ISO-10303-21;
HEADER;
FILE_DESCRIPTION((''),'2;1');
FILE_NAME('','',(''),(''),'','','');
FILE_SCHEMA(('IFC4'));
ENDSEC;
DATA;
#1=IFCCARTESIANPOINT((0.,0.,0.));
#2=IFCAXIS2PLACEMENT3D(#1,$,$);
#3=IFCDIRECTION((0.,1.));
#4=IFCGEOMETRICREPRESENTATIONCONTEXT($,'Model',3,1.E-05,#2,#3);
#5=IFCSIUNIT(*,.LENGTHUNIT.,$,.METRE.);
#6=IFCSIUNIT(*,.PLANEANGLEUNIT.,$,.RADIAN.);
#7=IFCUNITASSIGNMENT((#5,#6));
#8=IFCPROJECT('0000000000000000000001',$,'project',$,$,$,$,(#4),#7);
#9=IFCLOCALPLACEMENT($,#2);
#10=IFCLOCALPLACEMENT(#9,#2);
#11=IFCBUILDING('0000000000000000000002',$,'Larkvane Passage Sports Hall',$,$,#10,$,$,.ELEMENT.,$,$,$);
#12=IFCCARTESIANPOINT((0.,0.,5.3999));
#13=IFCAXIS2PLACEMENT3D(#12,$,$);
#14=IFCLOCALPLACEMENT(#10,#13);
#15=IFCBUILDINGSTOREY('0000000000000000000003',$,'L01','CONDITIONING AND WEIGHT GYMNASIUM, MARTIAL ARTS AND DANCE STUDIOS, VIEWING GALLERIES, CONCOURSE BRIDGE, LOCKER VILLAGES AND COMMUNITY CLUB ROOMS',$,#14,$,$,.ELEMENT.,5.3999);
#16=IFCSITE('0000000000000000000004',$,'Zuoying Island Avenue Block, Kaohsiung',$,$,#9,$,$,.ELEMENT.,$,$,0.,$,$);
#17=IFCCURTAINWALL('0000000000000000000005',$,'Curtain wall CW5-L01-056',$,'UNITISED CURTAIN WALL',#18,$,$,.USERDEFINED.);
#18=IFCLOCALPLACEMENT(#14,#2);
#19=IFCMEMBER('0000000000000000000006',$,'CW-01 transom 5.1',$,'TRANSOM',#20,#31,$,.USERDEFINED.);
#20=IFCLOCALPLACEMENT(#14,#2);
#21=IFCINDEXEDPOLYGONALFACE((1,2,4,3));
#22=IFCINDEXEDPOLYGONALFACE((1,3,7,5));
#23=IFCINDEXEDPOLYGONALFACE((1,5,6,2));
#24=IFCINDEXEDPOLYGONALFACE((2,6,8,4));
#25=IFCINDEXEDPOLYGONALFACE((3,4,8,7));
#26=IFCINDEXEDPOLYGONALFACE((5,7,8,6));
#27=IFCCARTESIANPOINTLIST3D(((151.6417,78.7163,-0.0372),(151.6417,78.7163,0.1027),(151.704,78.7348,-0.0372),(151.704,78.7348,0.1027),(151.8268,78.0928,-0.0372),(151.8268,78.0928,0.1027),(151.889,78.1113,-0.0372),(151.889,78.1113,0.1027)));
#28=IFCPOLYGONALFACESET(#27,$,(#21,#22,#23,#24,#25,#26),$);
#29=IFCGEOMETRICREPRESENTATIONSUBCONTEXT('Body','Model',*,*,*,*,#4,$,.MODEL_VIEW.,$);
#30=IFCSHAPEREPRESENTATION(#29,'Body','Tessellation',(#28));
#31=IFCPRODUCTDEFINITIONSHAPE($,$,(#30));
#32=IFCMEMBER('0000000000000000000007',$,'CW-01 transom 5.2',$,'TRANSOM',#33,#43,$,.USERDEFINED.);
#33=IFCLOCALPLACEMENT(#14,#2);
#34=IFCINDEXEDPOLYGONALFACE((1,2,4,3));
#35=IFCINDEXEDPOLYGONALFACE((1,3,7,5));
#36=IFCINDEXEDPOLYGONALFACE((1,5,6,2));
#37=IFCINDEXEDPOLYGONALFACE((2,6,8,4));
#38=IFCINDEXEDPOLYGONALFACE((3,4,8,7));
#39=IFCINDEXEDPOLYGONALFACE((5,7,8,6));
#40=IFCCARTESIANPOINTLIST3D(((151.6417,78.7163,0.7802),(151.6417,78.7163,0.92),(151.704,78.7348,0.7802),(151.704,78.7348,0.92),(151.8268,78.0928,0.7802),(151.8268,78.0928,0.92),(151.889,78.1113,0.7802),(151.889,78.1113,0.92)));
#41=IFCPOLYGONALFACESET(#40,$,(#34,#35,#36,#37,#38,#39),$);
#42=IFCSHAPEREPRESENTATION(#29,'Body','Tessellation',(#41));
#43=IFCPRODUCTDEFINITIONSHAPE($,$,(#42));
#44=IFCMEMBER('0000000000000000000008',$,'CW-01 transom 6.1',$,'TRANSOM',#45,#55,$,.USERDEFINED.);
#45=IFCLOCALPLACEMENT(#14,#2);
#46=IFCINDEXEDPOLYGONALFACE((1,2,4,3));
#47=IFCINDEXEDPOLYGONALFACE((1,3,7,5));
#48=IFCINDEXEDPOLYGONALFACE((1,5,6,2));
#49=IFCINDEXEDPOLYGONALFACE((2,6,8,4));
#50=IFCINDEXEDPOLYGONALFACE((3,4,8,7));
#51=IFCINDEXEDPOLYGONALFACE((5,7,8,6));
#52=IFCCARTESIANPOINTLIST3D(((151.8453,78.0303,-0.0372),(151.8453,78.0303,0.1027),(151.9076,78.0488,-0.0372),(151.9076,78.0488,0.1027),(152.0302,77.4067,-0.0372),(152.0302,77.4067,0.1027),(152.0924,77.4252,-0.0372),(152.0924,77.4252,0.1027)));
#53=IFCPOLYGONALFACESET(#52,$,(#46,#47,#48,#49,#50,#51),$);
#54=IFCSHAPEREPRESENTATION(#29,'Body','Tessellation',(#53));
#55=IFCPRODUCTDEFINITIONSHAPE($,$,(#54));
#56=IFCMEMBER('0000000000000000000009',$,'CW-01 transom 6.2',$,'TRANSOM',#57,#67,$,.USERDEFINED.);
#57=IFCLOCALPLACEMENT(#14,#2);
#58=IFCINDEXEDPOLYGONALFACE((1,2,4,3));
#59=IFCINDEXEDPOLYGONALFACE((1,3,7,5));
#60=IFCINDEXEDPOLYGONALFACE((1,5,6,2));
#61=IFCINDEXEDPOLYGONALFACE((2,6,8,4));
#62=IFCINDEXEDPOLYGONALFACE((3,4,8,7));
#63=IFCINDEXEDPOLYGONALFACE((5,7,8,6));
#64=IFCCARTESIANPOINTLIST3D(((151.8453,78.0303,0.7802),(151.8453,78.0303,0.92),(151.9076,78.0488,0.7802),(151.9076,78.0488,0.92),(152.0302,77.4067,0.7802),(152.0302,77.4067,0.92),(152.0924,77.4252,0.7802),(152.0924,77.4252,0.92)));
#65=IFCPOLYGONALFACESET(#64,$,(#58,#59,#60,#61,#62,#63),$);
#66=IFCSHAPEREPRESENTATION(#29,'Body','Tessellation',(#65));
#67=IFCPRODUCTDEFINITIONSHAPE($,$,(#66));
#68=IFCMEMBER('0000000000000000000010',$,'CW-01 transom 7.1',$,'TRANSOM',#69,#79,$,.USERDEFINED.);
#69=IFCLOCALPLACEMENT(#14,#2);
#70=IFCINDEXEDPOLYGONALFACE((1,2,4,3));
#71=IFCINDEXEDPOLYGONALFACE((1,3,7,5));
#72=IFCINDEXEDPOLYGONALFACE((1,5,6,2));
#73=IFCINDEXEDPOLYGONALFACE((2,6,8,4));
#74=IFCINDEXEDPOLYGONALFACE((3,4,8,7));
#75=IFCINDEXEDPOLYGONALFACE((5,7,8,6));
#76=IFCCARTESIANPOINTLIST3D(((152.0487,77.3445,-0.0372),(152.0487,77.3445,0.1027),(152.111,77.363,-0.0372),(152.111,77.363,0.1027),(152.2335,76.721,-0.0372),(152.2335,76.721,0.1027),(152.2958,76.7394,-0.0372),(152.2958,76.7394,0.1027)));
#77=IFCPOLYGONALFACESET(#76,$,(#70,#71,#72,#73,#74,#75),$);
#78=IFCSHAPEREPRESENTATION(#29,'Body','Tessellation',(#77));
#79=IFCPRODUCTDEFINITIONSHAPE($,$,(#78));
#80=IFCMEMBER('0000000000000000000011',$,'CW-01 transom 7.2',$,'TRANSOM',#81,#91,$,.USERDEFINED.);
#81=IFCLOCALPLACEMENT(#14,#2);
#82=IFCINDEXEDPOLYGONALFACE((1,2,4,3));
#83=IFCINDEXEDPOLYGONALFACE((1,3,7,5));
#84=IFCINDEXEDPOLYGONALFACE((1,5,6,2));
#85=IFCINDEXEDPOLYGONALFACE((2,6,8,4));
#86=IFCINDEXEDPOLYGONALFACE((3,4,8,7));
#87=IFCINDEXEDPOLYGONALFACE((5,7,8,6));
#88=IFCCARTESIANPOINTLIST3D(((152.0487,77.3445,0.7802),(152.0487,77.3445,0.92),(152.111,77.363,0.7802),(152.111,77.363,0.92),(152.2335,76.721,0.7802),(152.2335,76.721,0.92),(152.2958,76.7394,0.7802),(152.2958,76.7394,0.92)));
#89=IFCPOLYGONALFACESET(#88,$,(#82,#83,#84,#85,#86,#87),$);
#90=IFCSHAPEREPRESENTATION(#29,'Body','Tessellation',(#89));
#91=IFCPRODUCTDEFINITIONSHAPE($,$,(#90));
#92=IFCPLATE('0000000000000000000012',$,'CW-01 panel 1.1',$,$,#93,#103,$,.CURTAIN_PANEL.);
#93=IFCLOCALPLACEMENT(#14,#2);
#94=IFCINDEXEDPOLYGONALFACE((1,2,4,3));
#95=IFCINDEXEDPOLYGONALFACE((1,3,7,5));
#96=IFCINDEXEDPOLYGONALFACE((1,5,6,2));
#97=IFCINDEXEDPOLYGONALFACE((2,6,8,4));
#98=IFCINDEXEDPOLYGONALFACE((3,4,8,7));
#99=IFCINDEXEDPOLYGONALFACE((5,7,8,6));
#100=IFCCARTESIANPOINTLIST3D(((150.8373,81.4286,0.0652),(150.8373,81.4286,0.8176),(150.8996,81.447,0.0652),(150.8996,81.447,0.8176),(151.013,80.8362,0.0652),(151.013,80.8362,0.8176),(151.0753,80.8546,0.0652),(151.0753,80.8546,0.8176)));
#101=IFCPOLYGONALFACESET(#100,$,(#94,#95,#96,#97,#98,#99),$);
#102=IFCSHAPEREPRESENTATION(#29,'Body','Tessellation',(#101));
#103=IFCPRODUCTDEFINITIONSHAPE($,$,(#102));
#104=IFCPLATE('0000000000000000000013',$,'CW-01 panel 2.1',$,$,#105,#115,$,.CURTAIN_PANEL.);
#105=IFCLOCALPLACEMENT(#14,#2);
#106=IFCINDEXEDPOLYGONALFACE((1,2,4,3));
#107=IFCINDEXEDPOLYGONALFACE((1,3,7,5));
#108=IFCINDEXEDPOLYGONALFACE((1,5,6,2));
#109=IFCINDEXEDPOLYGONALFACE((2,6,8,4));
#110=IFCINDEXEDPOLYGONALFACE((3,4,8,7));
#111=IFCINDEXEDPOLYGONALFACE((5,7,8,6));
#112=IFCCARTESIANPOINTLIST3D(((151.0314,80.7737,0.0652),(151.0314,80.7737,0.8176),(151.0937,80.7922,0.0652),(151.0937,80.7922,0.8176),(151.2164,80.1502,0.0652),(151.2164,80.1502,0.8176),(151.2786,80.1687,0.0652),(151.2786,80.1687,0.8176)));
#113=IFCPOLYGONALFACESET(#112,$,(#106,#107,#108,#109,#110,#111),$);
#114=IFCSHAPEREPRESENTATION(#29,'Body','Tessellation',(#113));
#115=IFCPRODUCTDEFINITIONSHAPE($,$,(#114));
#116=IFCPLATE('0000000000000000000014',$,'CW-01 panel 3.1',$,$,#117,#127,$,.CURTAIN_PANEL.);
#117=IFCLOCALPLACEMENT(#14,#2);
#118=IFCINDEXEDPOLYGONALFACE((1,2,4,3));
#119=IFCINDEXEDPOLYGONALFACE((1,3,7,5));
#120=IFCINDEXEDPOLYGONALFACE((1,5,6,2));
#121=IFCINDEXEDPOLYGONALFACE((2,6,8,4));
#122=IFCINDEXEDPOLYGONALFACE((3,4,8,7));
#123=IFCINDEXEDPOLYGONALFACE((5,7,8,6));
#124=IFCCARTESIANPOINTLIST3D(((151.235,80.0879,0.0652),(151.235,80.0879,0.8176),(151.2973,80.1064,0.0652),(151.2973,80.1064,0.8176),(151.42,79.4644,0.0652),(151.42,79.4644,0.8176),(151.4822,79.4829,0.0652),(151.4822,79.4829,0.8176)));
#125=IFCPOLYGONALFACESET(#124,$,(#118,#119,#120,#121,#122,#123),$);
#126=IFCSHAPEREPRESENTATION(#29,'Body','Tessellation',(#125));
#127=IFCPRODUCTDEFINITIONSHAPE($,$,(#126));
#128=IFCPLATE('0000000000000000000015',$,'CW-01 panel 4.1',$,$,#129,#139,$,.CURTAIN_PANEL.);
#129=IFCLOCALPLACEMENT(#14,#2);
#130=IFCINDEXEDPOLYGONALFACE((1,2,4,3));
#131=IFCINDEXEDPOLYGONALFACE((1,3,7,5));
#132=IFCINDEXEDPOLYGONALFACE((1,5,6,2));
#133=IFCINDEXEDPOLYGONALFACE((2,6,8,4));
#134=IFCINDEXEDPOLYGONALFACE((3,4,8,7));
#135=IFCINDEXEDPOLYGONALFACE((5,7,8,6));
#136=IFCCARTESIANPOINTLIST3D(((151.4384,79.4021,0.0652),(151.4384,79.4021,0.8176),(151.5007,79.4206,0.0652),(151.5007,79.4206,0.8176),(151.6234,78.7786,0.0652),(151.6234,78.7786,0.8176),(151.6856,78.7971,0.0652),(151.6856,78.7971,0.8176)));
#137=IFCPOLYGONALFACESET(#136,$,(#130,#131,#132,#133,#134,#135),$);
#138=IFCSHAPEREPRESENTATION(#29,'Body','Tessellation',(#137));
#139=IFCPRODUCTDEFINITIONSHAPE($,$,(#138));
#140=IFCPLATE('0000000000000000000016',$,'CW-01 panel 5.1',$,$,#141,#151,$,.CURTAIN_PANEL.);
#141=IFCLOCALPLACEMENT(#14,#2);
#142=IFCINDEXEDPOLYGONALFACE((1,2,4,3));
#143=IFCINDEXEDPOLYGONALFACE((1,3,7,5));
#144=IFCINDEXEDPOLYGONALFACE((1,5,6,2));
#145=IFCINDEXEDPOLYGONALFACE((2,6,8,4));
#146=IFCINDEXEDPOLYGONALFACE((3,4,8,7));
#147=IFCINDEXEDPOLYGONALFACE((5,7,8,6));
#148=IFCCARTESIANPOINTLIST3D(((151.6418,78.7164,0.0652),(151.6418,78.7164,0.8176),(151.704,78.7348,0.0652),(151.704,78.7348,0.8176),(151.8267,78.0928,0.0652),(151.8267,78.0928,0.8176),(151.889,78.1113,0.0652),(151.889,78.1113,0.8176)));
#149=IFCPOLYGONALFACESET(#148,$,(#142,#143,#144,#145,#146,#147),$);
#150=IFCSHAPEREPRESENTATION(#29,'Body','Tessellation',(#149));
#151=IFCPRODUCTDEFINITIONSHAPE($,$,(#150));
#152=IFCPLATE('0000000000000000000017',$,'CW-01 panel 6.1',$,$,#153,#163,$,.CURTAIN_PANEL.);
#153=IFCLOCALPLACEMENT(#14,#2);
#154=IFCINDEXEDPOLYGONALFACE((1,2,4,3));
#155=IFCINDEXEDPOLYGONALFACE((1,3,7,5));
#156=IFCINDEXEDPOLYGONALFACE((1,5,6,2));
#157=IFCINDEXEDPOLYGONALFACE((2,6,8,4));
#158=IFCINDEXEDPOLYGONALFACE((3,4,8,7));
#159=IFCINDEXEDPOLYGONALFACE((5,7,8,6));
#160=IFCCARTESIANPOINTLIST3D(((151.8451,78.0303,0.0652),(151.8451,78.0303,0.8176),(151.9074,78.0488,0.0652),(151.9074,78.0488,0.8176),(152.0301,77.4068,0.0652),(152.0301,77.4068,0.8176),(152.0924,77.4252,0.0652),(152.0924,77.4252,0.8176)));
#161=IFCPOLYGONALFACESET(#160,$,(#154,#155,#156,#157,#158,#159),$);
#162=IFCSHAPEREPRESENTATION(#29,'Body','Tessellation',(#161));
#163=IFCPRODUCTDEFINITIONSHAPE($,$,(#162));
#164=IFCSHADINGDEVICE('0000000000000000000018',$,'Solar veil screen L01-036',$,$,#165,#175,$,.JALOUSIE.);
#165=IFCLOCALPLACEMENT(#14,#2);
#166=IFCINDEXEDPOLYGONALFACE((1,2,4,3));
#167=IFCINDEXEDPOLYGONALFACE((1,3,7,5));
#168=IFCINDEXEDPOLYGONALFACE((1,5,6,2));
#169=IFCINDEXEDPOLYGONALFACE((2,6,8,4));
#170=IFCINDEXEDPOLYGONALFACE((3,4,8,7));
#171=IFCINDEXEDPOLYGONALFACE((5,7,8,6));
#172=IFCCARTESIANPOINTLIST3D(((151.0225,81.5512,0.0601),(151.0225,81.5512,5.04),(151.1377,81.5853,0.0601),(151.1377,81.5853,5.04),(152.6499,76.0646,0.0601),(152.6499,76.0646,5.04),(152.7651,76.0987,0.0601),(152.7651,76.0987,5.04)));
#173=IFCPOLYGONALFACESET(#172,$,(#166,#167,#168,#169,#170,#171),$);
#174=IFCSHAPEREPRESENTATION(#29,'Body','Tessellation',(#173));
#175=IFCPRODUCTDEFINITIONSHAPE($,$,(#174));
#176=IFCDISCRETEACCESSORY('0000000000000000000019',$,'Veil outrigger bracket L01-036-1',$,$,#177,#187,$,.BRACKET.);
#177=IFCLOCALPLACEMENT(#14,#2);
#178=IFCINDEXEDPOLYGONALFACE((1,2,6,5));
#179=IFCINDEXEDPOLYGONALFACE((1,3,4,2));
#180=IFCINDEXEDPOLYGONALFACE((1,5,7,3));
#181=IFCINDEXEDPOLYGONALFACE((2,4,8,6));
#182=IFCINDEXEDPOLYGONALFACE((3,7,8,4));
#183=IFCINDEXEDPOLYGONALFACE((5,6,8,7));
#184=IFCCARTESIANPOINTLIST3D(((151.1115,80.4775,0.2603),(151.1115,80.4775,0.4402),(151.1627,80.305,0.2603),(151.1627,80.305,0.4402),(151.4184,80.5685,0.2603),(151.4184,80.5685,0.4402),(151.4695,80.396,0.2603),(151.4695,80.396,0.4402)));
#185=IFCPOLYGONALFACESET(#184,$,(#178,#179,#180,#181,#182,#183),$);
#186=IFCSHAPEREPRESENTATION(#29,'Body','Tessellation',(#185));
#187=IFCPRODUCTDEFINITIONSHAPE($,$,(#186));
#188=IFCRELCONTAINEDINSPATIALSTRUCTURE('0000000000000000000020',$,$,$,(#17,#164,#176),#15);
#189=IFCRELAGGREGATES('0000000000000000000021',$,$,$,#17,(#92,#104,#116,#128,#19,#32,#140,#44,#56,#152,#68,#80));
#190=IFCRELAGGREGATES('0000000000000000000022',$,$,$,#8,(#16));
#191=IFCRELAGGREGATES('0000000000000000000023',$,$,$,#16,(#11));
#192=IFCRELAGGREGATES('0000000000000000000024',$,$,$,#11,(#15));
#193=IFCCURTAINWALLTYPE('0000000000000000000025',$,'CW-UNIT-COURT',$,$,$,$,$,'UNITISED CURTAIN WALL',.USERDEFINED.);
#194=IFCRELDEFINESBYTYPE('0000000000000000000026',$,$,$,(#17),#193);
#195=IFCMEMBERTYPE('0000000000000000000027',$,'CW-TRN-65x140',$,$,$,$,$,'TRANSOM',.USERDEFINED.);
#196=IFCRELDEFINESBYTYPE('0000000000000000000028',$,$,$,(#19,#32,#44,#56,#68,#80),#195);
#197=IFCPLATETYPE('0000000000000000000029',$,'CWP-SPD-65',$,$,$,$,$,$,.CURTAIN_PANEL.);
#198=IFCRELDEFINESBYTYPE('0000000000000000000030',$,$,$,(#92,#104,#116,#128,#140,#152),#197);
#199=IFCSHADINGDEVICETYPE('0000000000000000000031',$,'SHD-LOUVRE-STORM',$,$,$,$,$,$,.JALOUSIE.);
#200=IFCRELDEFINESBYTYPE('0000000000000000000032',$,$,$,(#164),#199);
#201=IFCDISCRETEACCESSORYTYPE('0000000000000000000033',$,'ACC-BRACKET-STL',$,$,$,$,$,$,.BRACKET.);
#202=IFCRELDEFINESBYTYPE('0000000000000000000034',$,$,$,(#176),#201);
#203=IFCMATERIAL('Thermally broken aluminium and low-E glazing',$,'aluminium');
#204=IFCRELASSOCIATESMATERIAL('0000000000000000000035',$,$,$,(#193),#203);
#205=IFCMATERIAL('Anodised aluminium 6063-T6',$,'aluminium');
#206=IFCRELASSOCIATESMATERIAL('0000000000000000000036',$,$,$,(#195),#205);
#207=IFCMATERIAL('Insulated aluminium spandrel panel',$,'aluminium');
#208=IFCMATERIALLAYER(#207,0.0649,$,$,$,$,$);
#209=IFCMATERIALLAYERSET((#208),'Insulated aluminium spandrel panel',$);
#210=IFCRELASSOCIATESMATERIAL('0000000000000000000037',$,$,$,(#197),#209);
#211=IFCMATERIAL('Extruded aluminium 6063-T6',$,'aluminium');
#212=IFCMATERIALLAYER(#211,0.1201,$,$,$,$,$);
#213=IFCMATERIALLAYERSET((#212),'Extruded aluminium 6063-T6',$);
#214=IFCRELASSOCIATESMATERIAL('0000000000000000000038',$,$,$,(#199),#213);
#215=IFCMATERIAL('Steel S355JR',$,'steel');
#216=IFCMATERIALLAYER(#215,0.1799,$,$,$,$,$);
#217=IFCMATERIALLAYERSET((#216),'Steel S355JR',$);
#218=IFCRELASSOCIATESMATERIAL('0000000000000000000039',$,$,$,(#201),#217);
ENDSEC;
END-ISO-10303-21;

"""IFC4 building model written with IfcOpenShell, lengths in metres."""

from ifc_helpers import new_model, si_unit, direction, frame, origin, origin_2d, place, context, subcontext, project, spatial, rectangle, extrude, material, layer, layer_set, material_profile, profile_set, type_object, element, aggregate, save


model = new_model("IFC4")

# Units and contexts
model_context = context("Model", 3, precision=1e-05, world=origin(), true_north=direction((0.0, 1.0)))
body_context = subcontext(model_context, "Body", "Model", "MODEL_VIEW")
ifc_project = project(units=[si_unit("LENGTHUNIT", "METRE"), si_unit("PLANEANGLEUNIT", "RADIAN")], contexts=[model_context])

# Site, building, storey
site_placement = place(None, origin())
site = spatial("IfcSite", under=ifc_project, at=site_placement, Name="Zuoying Island Avenue Block, Kaohsiung", CompositionType="ELEMENT", RefElevation=0.0)
building_placement = place(site_placement, origin())
building = spatial("IfcBuilding", under=site, at=building_placement, Name="Larkvane Passage Sports Hall", CompositionType="ELEMENT")
storey_placement = place(building_placement, frame((0.0, 0.0, 5.3999)))
storey = spatial("IfcBuildingStorey", under=building, at=storey_placement, Name="L01", Description="CONDITIONING AND WEIGHT GYMNASIUM, MARTIAL ARTS AND DANCE STUDIOS, VIEWING GALLERIES, CONCOURSE BRIDGE, LOCKER VILLAGES AND COMMUNITY CLUB ROOMS", CompositionType="ELEMENT", Elevation=5.3999)

# Curtain wall, members, plates
ifc_material_1 = material(Name="Thermally broken aluminium and low-E glazing", Category="aluminium")
curtain_wall_type = type_object("IfcCurtainWallType", Name="CW-UNIT-COURT", ElementType="UNITISED CURTAIN WALL", PredefinedType="USERDEFINED", material=ifc_material_1)
curtain_wall_placement = place(storey_placement, origin())
curtain_wall = element("IfcCurtainWall", 1, at=curtain_wall_placement, inside=storey, type_object=curtain_wall_type, Name="Curtain wall CW5-L01-056", ObjectType="UNITISED CURTAIN WALL", PredefinedType="USERDEFINED")
ifc_material_2 = material(Name="Anodised aluminium 6063-T6", Category="aluminium")
ifc_material_profile_1 = material_profile(ifc_material_2, rectangle(XDim=0.0649, YDim=0.1399, at=origin_2d()), Name="ALU-TRN-65x140")
ifc_profile_set_1 = profile_set([ifc_material_profile_1], Name="Anodised aluminium 6063-T6")
member_type_1 = type_object("IfcMemberType", Name="CW-TRN-65x140", ElementType="TRANSOM", PredefinedType="USERDEFINED", material=ifc_profile_set_1)
member_1_placement = place(storey_placement, frame((151.6729, 78.7256, 0.0327), z_axis=(0.284523, -0.958669, 0.0), x_axis=(0.958669, 0.284523, 0.0)))
member_1 = element("IfcMember", 2, at=member_1_placement, type_object=member_type_1, Name="CW-01 transom 5.1", ObjectType="TRANSOM", PredefinedType="USERDEFINED", context=body_context, shape_type="SweptSolid", body=[
    extrude(rectangle(XDim=0.0649, YDim=0.1399, at=origin_2d()), origin(), (0.0, 0.0, 1.0), 0.6504),
])
member_2_placement = place(storey_placement, frame((151.6729, 78.7256, 0.8501), z_axis=(0.284523, -0.958669, 0.0), x_axis=(0.958669, 0.284523, 0.0)))
member_2 = element("IfcMember", 3, at=member_2_placement, type_object=member_type_1, Name="CW-01 transom 5.2", ObjectType="TRANSOM", PredefinedType="USERDEFINED", context=body_context, shape_type="SweptSolid", body=[
    extrude(rectangle(XDim=0.0649, YDim=0.1399, at=origin_2d()), origin(), (0.0, 0.0, 1.0), 0.6504),
])
member_3_placement = place(storey_placement, frame((151.8765, 78.0396, 0.0327), z_axis=(0.284178, -0.958772, 0.0), x_axis=(0.958772, 0.284178, 0.0)))
member_3 = element("IfcMember", 4, at=member_3_placement, type_object=member_type_1, Name="CW-01 transom 6.1", ObjectType="TRANSOM", PredefinedType="USERDEFINED", context=body_context, shape_type="SweptSolid", body=[
    extrude(rectangle(XDim=0.0649, YDim=0.1399, at=origin_2d()), origin(), (0.0, 0.0, 1.0), 0.6504),
])
member_4_placement = place(storey_placement, frame((151.8765, 78.0396, 0.8501), z_axis=(0.284178, -0.958772, 0.0), x_axis=(0.958772, 0.284178, 0.0)))
member_4 = element("IfcMember", 5, at=member_4_placement, type_object=member_type_1, Name="CW-01 transom 6.2", ObjectType="TRANSOM", PredefinedType="USERDEFINED", context=body_context, shape_type="SweptSolid", body=[
    extrude(rectangle(XDim=0.0649, YDim=0.1399, at=origin_2d()), origin(), (0.0, 0.0, 1.0), 0.6504),
])
member_5_placement = place(storey_placement, frame((152.0798, 77.3538, 0.0327), z_axis=(0.284178, -0.958772, 0.0), x_axis=(0.958772, 0.284178, 0.0)))
member_5 = element("IfcMember", 6, at=member_5_placement, type_object=member_type_1, Name="CW-01 transom 7.1", ObjectType="TRANSOM", PredefinedType="USERDEFINED", context=body_context, shape_type="SweptSolid", body=[
    extrude(rectangle(XDim=0.0649, YDim=0.1399, at=origin_2d()), origin(), (0.0, 0.0, 1.0), 0.6504),
])
member_6_placement = place(storey_placement, frame((152.0798, 77.3538, 0.8501), z_axis=(0.284178, -0.958772, 0.0), x_axis=(0.958772, 0.284178, 0.0)))
member_6 = element("IfcMember", 7, at=member_6_placement, type_object=member_type_1, Name="CW-01 transom 7.2", ObjectType="TRANSOM", PredefinedType="USERDEFINED", context=body_context, shape_type="SweptSolid", body=[
    extrude(rectangle(XDim=0.0649, YDim=0.1399, at=origin_2d()), origin(), (0.0, 0.0, 1.0), 0.6504),
])
ifc_material_3 = material(Name="Insulated aluminium spandrel panel", Category="aluminium")
ifc_layer_1 = layer(ifc_material_3, 0.0649)
ifc_layer_set_1 = layer_set([ifc_layer_1], Name="Insulated aluminium spandrel panel")
plate_type = type_object("IfcPlateType", Name="CWP-SPD-65", PredefinedType="CURTAIN_PANEL", material=ifc_layer_set_1)
plate_1_placement = place(storey_placement, frame((150.9563, 81.1416, 0.0652), z_axis=(0.0, 0.0, 1.0), x_axis=(0.284363, -0.958717, 0.0)))
plate_1 = element("IfcPlate", 8, at=plate_1_placement, type_object=plate_type, Name="CW-01 panel 1.1", PredefinedType="CURTAIN_PANEL", context=body_context, shape_type="SweptSolid", body=[
    extrude(rectangle(XDim=0.6179, YDim=0.0649, at=origin_2d()), origin(), (0.0, 0.0, 1.0), 0.7524),
])
plate_2_placement = place(storey_placement, frame((151.155, 80.4712, 0.0652), z_axis=(0.0, 0.0, 1.0), x_axis=(0.284363, -0.958717, 0.0)))
plate_2 = element("IfcPlate", 9, at=plate_2_placement, type_object=plate_type, Name="CW-01 panel 2.1", PredefinedType="CURTAIN_PANEL", context=body_context, shape_type="SweptSolid", body=[
    extrude(rectangle(XDim=0.6504, YDim=0.0649, at=origin_2d()), origin(), (0.0, 0.0, 1.0), 0.7524),
])
plate_3_placement = place(storey_placement, frame((151.3586, 79.7854, 0.0652), z_axis=(0.0, 0.0, 1.0), x_axis=(0.284363, -0.958717, 0.0)))
plate_3 = element("IfcPlate", 10, at=plate_3_placement, type_object=plate_type, Name="CW-01 panel 3.1", PredefinedType="CURTAIN_PANEL", context=body_context, shape_type="SweptSolid", body=[
    extrude(rectangle(XDim=0.6504, YDim=0.0649, at=origin_2d()), origin(), (0.0, 0.0, 1.0), 0.7524),
])
plate_4_placement = place(storey_placement, frame((151.562, 79.0996, 0.0652), z_axis=(0.0, 0.0, 1.0), x_axis=(0.284363, -0.958717, 0.0)))
plate_4 = element("IfcPlate", 11, at=plate_4_placement, type_object=plate_type, Name="CW-01 panel 4.1", PredefinedType="CURTAIN_PANEL", context=body_context, shape_type="SweptSolid", body=[
    extrude(rectangle(XDim=0.6504, YDim=0.0649, at=origin_2d()), origin(), (0.0, 0.0, 1.0), 0.7524),
])
plate_5_placement = place(storey_placement, frame((151.7654, 78.4138, 0.0652), z_axis=(0.0, 0.0, 1.0), x_axis=(0.284363, -0.958717, 0.0)))
plate_5 = element("IfcPlate", 12, at=plate_5_placement, type_object=plate_type, Name="CW-01 panel 5.1", PredefinedType="CURTAIN_PANEL", context=body_context, shape_type="SweptSolid", body=[
    extrude(rectangle(XDim=0.6504, YDim=0.0649, at=origin_2d()), origin(), (0.0, 0.0, 1.0), 0.7524),
])
plate_6_placement = place(storey_placement, frame((151.9688, 77.7278, 0.0652), z_axis=(0.0, 0.0, 1.0), x_axis=(0.284363, -0.958717, 0.0)))
plate_6 = element("IfcPlate", 13, at=plate_6_placement, type_object=plate_type, Name="CW-01 panel 6.1", PredefinedType="CURTAIN_PANEL", context=body_context, shape_type="SweptSolid", body=[
    extrude(rectangle(XDim=0.6504, YDim=0.0649, at=origin_2d()), origin(), (0.0, 0.0, 1.0), 0.7524),
])
aggregate(curtain_wall, [plate_1, plate_2, plate_3, plate_4, member_1, member_2, plate_5, member_3, member_4, plate_6, member_5, member_6])

# Shading device
ifc_material_4 = material(Name="Extruded aluminium 6063-T6", Category="aluminium")
ifc_layer_2 = layer(ifc_material_4, 0.1201)
ifc_layer_set_2 = layer_set([ifc_layer_2], Name="Extruded aluminium 6063-T6")
shading_device_type = type_object("IfcShadingDeviceType", Name="SHD-LOUVRE-STORM", PredefinedType="JALOUSIE", material=ifc_layer_set_2)
shading_device_placement = place(storey_placement, frame((151.8938, 78.825, 0.0601), z_axis=(0.0, 0.0, 1.0), x_axis=(0.284365, -0.958716, 0.0)))
element("IfcShadingDevice", 14, at=shading_device_placement, inside=storey, type_object=shading_device_type, Name="Solar veil screen L01-036", PredefinedType="JALOUSIE", context=body_context, shape_type="SweptSolid", body=[
    extrude(rectangle(XDim=5.7229, YDim=0.1201, at=origin_2d()), origin(), (0.0, 0.0, 1.0), 4.98),
])

# Discrete accessory
ifc_material_5 = material(Name="Steel S355JR", Category="steel")
ifc_layer_3 = layer(ifc_material_5, 0.1799)
ifc_layer_set_3 = layer_set([ifc_layer_3], Name="Steel S355JR")
discrete_accessory_type = type_object("IfcDiscreteAccessoryType", Name="ACC-BRACKET-STL", PredefinedType="BRACKET", material=ifc_layer_set_3)
for number, where, z_axis, x_axis, name in (
    (15, (151.2905, 80.4368, 0.2603), (0.0, 0.0, 1.0), (0.284365, -0.958716, 0.0), "Veil outrigger bracket L01-036-1"),
):
    element("IfcDiscreteAccessory", number, at=place(storey_placement, frame(where, z_axis=z_axis, x_axis=x_axis)), inside=storey, type_object=discrete_accessory_type, Name=name, PredefinedType="BRACKET", context=body_context, shape_type="SweptSolid", body=[
        extrude(rectangle(XDim=0.1799, YDim=0.3201, at=origin_2d()), origin(), (0.0, 0.0, 1.0), 0.1799),
    ])

save(model, "model.ifc")
